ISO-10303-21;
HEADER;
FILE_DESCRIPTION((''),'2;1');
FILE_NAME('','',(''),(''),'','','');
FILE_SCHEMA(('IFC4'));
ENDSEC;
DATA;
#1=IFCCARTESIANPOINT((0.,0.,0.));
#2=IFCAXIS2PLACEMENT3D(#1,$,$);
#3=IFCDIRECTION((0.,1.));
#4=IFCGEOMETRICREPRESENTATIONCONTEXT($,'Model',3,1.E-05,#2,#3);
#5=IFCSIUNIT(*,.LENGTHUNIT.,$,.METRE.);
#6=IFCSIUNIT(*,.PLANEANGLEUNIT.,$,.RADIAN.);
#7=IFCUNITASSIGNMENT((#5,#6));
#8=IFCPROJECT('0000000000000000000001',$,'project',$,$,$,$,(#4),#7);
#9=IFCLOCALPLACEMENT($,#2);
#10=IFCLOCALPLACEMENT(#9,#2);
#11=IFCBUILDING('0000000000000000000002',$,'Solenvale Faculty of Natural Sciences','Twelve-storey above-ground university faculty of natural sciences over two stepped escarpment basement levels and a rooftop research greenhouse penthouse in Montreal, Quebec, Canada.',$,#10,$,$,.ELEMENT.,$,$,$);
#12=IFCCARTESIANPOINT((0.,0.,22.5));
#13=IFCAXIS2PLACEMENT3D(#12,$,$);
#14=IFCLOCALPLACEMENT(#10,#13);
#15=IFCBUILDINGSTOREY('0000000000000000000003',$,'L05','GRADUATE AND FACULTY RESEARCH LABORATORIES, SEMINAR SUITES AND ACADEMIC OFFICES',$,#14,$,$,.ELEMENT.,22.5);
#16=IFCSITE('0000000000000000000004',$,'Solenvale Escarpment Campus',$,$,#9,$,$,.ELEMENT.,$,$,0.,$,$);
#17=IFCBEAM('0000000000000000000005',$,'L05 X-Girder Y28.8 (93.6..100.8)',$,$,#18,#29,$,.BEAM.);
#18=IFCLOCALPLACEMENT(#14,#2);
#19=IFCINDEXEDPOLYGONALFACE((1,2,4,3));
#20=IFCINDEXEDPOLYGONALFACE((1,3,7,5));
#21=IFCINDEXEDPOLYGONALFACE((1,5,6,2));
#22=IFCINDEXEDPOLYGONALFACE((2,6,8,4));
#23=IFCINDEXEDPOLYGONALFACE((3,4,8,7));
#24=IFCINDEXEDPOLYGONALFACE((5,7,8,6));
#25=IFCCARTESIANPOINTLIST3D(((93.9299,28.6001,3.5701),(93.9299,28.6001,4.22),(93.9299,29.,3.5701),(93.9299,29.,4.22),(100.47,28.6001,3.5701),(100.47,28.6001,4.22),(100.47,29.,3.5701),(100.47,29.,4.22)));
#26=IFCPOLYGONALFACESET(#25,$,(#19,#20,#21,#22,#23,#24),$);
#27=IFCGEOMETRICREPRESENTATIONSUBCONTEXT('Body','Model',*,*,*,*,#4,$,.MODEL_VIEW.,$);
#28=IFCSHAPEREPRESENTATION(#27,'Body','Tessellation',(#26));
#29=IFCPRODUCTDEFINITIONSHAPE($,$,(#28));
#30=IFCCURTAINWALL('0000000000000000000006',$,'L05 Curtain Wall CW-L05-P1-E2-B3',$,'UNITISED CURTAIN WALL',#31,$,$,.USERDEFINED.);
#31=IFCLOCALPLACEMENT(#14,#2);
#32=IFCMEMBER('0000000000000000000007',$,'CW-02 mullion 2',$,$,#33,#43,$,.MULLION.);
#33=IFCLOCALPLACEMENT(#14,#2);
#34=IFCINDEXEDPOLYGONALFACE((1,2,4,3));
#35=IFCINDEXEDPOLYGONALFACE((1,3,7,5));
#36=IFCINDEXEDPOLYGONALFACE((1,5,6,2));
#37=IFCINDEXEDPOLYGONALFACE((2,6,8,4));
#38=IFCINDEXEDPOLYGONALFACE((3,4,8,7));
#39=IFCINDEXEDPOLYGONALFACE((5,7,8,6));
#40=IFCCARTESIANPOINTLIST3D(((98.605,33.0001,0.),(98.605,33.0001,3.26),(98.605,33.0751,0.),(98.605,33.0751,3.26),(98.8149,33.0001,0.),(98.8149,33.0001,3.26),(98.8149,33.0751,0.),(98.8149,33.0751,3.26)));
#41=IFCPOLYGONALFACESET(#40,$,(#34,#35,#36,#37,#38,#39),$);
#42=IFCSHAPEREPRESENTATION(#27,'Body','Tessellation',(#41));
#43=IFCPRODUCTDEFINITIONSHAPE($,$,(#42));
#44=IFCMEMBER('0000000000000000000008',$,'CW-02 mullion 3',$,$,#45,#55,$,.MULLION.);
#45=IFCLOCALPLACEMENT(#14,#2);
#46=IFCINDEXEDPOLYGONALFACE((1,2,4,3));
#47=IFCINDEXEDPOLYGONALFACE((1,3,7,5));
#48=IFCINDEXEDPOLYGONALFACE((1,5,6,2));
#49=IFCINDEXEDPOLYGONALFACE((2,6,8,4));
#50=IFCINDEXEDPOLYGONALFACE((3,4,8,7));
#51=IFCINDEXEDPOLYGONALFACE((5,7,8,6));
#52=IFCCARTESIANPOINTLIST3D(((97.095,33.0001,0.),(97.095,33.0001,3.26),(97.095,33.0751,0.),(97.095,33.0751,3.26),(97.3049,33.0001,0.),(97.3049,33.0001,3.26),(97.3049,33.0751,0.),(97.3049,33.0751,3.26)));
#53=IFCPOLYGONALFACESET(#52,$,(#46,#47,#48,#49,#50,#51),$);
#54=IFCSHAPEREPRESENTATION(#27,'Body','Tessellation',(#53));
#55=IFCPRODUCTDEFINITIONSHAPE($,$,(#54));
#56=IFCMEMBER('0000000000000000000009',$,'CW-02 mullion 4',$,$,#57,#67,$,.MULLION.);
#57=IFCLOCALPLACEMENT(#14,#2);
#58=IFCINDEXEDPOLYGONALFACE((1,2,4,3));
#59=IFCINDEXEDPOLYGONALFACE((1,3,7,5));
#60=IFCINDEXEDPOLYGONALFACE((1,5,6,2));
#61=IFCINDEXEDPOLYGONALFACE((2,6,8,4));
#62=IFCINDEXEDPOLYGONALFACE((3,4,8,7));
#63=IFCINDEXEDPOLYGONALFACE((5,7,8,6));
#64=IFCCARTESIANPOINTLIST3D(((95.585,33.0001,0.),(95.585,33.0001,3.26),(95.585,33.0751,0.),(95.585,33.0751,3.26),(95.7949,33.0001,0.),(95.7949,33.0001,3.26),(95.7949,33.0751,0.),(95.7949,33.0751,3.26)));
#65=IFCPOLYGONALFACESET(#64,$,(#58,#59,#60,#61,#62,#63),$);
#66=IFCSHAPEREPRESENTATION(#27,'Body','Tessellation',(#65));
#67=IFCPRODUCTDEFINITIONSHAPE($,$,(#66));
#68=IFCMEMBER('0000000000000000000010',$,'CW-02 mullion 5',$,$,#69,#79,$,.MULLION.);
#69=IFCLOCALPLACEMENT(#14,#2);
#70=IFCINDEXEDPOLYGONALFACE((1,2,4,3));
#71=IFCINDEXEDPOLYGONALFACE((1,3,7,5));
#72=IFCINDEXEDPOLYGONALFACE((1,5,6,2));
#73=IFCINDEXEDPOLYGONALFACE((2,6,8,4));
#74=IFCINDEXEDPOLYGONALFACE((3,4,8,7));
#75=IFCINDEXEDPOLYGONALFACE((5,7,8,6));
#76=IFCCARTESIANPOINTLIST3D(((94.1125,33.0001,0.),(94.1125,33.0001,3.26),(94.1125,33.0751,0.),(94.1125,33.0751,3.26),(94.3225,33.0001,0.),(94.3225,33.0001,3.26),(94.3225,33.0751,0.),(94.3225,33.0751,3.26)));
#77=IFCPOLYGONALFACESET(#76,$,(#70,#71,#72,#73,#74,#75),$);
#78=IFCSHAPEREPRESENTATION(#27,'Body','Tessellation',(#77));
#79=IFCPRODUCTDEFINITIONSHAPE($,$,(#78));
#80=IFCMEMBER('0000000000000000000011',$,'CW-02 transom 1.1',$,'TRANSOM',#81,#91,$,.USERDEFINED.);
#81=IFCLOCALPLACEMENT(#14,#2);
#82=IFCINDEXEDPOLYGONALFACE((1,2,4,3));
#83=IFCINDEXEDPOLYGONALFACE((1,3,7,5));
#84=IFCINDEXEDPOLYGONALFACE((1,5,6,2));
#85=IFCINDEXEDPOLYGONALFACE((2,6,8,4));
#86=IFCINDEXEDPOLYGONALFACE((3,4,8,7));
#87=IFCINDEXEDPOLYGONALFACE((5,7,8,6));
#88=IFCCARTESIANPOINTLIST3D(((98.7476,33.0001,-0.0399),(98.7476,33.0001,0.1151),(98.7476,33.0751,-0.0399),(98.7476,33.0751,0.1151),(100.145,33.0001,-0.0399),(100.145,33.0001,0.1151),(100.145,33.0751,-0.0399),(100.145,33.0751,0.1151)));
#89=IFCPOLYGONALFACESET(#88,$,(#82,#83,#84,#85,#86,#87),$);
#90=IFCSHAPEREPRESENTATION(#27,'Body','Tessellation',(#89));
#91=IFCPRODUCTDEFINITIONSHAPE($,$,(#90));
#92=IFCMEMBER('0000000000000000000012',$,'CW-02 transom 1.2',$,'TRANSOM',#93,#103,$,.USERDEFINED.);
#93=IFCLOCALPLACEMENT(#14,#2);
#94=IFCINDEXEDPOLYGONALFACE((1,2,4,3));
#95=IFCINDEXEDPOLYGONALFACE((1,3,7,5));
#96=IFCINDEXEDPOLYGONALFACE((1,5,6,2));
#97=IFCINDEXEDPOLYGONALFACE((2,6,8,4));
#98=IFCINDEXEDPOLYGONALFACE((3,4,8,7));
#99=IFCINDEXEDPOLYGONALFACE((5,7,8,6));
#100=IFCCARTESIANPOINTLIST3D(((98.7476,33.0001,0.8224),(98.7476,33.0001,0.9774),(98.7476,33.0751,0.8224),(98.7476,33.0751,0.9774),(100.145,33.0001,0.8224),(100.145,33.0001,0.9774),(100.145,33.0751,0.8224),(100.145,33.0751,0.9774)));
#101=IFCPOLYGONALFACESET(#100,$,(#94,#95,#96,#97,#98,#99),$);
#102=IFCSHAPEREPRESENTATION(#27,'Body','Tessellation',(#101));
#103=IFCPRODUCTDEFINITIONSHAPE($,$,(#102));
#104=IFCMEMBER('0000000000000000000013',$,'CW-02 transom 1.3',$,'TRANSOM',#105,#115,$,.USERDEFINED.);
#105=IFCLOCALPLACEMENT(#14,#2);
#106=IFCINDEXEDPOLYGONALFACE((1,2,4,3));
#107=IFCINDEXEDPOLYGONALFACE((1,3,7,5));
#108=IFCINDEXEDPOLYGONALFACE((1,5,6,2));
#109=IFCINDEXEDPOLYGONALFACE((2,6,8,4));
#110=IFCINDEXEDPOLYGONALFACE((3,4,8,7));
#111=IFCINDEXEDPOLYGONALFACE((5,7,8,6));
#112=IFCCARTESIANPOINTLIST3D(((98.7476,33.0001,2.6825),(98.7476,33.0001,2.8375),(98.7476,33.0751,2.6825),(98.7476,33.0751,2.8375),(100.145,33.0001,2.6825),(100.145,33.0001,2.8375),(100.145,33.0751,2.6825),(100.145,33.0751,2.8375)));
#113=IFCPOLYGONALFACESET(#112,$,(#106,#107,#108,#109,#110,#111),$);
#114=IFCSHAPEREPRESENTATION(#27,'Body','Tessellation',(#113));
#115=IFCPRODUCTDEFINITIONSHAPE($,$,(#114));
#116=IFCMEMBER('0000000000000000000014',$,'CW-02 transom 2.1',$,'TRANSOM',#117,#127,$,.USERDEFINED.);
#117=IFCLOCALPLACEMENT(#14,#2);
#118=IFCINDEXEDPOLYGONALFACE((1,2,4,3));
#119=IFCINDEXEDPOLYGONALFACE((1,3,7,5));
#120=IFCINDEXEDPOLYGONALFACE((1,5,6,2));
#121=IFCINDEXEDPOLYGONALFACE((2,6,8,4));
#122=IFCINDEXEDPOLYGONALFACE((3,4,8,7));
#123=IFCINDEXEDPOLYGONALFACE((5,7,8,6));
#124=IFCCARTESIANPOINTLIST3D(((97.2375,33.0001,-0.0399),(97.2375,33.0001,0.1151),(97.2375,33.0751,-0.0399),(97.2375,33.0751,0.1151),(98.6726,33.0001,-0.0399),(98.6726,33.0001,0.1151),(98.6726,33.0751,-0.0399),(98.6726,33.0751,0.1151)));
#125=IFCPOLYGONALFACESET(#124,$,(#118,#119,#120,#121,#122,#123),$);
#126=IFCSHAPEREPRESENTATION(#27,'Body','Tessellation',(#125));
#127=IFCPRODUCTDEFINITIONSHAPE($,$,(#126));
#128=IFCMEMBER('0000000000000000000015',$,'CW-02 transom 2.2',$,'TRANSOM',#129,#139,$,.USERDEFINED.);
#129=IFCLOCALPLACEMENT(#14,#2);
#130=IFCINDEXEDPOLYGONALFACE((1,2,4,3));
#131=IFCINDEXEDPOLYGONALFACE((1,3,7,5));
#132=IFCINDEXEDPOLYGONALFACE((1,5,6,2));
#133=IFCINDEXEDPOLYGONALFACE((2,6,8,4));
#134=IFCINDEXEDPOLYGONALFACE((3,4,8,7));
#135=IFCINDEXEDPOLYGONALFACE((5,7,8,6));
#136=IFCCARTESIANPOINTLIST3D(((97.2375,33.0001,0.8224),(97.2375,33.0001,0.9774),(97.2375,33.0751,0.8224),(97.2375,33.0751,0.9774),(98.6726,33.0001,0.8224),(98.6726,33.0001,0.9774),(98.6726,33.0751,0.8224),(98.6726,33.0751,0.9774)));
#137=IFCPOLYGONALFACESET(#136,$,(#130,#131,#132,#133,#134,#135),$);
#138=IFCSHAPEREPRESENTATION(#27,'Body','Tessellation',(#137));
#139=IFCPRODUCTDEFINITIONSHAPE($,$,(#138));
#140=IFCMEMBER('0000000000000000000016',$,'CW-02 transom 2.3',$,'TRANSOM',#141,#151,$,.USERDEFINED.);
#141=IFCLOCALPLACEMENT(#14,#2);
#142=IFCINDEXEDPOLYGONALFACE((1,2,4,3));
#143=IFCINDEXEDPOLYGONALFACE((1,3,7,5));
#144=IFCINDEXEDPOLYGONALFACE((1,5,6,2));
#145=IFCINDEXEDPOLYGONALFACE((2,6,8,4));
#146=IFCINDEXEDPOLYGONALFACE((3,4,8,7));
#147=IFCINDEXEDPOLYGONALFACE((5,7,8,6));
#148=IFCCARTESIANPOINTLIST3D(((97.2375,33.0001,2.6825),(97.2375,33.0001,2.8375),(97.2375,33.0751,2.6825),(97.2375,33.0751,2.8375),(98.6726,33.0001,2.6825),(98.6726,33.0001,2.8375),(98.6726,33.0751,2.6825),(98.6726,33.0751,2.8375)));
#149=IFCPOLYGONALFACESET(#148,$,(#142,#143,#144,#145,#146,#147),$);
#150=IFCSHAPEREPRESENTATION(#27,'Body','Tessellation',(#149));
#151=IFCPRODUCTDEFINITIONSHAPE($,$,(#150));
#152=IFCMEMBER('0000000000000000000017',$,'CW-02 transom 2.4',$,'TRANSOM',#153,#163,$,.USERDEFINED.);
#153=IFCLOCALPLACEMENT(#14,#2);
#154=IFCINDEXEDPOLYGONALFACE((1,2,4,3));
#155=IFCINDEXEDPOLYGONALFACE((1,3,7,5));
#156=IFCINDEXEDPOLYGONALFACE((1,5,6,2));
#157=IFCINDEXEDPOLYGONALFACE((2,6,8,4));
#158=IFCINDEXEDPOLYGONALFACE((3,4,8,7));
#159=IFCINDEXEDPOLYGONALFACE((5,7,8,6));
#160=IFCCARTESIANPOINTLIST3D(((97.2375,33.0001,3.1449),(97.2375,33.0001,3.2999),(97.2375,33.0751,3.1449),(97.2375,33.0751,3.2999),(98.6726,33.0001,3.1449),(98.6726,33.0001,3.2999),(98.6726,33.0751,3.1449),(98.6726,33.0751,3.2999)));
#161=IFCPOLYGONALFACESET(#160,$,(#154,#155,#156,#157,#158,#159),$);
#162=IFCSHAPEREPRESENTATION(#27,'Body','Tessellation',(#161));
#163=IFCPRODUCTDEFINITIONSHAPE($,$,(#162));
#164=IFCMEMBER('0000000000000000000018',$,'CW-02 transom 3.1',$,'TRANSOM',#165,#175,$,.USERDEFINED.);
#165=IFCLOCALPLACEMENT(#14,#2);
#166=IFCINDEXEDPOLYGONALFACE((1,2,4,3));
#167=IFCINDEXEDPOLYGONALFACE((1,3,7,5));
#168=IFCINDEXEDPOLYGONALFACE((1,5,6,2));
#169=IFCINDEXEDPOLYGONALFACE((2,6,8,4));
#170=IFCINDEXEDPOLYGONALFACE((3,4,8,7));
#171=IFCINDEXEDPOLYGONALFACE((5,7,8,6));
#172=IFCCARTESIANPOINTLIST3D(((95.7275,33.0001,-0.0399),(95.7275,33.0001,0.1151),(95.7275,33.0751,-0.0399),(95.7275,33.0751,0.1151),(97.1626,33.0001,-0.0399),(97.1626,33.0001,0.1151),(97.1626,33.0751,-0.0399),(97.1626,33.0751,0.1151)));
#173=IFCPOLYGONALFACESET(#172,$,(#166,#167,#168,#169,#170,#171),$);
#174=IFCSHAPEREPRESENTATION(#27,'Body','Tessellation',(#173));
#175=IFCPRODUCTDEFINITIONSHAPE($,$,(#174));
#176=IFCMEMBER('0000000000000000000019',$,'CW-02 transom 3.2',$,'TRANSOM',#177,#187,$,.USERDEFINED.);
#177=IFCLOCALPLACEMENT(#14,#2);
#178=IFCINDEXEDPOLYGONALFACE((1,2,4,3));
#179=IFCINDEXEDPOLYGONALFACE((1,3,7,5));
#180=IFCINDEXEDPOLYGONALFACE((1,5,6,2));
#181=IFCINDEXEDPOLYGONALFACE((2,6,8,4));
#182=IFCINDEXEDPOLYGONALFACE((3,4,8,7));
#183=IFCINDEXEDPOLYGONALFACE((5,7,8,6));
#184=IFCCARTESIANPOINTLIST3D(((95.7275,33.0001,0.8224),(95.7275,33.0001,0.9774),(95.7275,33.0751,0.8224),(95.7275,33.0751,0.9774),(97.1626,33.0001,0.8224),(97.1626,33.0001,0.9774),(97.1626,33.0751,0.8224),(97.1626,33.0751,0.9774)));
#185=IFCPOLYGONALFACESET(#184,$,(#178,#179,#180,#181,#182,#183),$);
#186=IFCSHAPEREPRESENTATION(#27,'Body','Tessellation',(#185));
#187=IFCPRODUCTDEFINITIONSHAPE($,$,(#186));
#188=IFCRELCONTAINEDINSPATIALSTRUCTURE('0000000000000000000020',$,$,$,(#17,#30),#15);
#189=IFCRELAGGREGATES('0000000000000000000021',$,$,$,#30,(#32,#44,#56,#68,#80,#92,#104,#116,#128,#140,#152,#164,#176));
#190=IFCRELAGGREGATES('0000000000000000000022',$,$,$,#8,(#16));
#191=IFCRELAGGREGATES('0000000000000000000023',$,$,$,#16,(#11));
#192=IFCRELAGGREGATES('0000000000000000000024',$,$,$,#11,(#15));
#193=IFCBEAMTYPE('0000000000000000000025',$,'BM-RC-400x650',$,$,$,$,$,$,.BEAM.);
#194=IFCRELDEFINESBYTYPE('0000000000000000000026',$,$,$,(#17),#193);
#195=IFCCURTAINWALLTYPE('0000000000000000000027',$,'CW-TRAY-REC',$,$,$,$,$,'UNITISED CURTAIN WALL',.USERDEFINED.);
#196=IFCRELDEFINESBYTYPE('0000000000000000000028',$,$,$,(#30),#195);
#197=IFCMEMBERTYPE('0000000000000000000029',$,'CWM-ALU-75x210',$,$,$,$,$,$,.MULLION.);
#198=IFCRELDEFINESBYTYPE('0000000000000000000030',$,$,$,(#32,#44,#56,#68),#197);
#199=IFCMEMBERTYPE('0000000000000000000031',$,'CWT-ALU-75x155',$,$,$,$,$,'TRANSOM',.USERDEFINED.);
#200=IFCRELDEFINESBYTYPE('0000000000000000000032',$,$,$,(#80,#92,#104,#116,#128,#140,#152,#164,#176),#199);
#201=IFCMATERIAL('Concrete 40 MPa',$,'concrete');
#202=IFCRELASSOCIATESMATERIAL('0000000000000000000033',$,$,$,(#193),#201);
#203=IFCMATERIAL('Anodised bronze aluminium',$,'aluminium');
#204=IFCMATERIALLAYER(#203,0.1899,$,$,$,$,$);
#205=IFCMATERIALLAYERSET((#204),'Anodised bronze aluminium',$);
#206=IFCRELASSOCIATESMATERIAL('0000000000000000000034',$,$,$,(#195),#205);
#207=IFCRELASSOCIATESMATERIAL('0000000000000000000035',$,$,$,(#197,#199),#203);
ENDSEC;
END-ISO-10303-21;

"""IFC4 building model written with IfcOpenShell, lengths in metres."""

from ifc_helpers import new_model, si_unit, direction, frame, origin, origin_2d, place, context, subcontext, project, spatial, rectangle, extrude, material, layer, layer_set, material_profile, profile_set, type_object, element, aggregate, save


model = new_model("IFC4")

# Units and contexts
model_context = context("Model", 3, precision=1e-05, world=origin(), true_north=direction((0.0, 1.0)))
body_context = subcontext(model_context, "Body", "Model", "MODEL_VIEW")
ifc_project = project(units=[si_unit("LENGTHUNIT", "METRE"), si_unit("PLANEANGLEUNIT", "RADIAN")], contexts=[model_context])

# Site, building, storey
site_placement = place(None, origin())
site = spatial("IfcSite", under=ifc_project, at=site_placement, Name="Solenvale Escarpment Campus", CompositionType="ELEMENT", RefElevation=0.0)
building_placement = place(site_placement, origin())
building = spatial("IfcBuilding", under=site, at=building_placement, Name="Solenvale Faculty of Natural Sciences", Description="Twelve-storey above-ground university faculty of natural sciences over two stepped escarpment basement levels and a rooftop research greenhouse penthouse in Montreal, Quebec, Canada.", CompositionType="ELEMENT")
storey_placement = place(building_placement, frame((0.0, 0.0, 22.5)))
storey = spatial("IfcBuildingStorey", under=building, at=storey_placement, Name="L05", Description="GRADUATE AND FACULTY RESEARCH LABORATORIES, SEMINAR SUITES AND ACADEMIC OFFICES", CompositionType="ELEMENT", Elevation=22.5)

# Beam
ifc_material_1 = material(Name="Concrete 40 MPa", Category="concrete")
ifc_material_profile_1 = material_profile(ifc_material_1, rectangle(XDim=0.3999, YDim=0.6499, at=origin_2d()), Name="RC-BM-400x650")
ifc_profile_set_1 = profile_set([ifc_material_profile_1], Name="Concrete 40 MPa")
beam_type = type_object("IfcBeamType", Name="BM-RC-400x650", PredefinedType="BEAM", material=ifc_profile_set_1)
beam_placement = place(storey_placement, frame((93.9299, 28.8, 3.895), z_axis=(1.0, 0.0, 0.0), x_axis=(0.0, 1.0, 0.0)))
element("IfcBeam", 1, at=beam_placement, inside=storey, type_object=beam_type, Name="L05 X-Girder Y28.8 (93.6..100.8)", PredefinedType="BEAM", context=body_context, shape_type="SweptSolid", body=[
    extrude(rectangle(XDim=0.3999, YDim=0.6499, at=origin_2d()), origin(), (0.0, 0.0, 1.0), 6.54),
])

# Curtain wall, members
ifc_material_2 = material(Name="Anodised bronze aluminium", Category="aluminium")
ifc_layer_1 = layer(ifc_material_2, 0.1899)
ifc_layer_set_1 = layer_set([ifc_layer_1], Name="Anodised bronze aluminium")
curtain_wall_type = type_object("IfcCurtainWallType", Name="CW-TRAY-REC", ElementType="UNITISED CURTAIN WALL", PredefinedType="USERDEFINED", material=ifc_layer_set_1)
curtain_wall_placement = place(storey_placement, origin())
curtain_wall = element("IfcCurtainWall", 2, at=curtain_wall_placement, inside=storey, type_object=curtain_wall_type, Name="L05 Curtain Wall CW-L05-P1-E2-B3", ObjectType="UNITISED CURTAIN WALL", PredefinedType="USERDEFINED")
ifc_material_profile_2 = material_profile(ifc_material_2, rectangle(XDim=0.075, YDim=0.21, at=origin_2d()), Name="ALU-MUL-75x210")
ifc_profile_set_2 = profile_set([ifc_material_profile_2], Name="Anodised bronze aluminium")
member_type_1 = type_object("IfcMemberType", Name="CWM-ALU-75x210", PredefinedType="MULLION", material=ifc_profile_set_2)
member_1_placement = place(storey_placement, frame((98.71, 33.0376, 0.0), z_axis=(0.0, 0.0, 1.0), x_axis=(0.0, -1.0, 0.0)))
member_1 = element("IfcMember", 3, at=member_1_placement, type_object=member_type_1, Name="CW-02 mullion 2", PredefinedType="MULLION", context=body_context, shape_type="SweptSolid", body=[
    extrude(rectangle(XDim=0.075, YDim=0.21, at=origin_2d()), origin(), (0.0, 0.0, 1.0), 3.26),
])
member_2_placement = place(storey_placement, frame((97.2, 33.0376, 0.0), z_axis=(0.0, 0.0, 1.0), x_axis=(0.0, -1.0, 0.0)))
member_2 = element("IfcMember", 4, at=member_2_placement, type_object=member_type_1, Name="CW-02 mullion 3", PredefinedType="MULLION", context=body_context, shape_type="SweptSolid", body=[
    extrude(rectangle(XDim=0.075, YDim=0.21, at=origin_2d()), origin(), (0.0, 0.0, 1.0), 3.26),
])
member_3_placement = place(storey_placement, frame((95.6899, 33.0376, 0.0), z_axis=(0.0, 0.0, 1.0), x_axis=(0.0, -1.0, 0.0)))
member_3 = element("IfcMember", 5, at=member_3_placement, type_object=member_type_1, Name="CW-02 mullion 4", PredefinedType="MULLION", context=body_context, shape_type="SweptSolid", body=[
    extrude(rectangle(XDim=0.075, YDim=0.21, at=origin_2d()), origin(), (0.0, 0.0, 1.0), 3.26),
])
member_4_placement = place(storey_placement, frame((94.2175, 33.0376, 0.0), z_axis=(0.0, 0.0, 1.0), x_axis=(0.0, -1.0, 0.0)))
member_4 = element("IfcMember", 6, at=member_4_placement, type_object=member_type_1, Name="CW-02 mullion 5", PredefinedType="MULLION", context=body_context, shape_type="SweptSolid", body=[
    extrude(rectangle(XDim=0.075, YDim=0.21, at=origin_2d()), origin(), (0.0, 0.0, 1.0), 3.26),
])
ifc_material_profile_3 = material_profile(ifc_material_2, rectangle(XDim=0.075, YDim=0.155, at=origin_2d()), Name="ALU-TRN-75x155")
ifc_profile_set_3 = profile_set([ifc_material_profile_3], Name="Anodised bronze aluminium")
member_type_2 = type_object("IfcMemberType", Name="CWT-ALU-75x155", ElementType="TRANSOM", PredefinedType="USERDEFINED", material=ifc_profile_set_3)
member_5_placement = place(storey_placement, frame((100.145, 33.0376, 0.0376), z_axis=(-1.0, 0.0, 0.0), x_axis=(0.0, -1.0, 0.0)))
member_5 = element("IfcMember", 7, at=member_5_placement, type_object=member_type_2, Name="CW-02 transom 1.1", ObjectType="TRANSOM", PredefinedType="USERDEFINED", context=body_context, shape_type="SweptSolid", body=[
    extrude(rectangle(XDim=0.075, YDim=0.155, at=origin_2d()), origin(), (0.0, 0.0, 1.0), 1.3975),
])
member_6_placement = place(storey_placement, frame((100.145, 33.0376, 0.8999), z_axis=(-1.0, 0.0, 0.0), x_axis=(0.0, -1.0, 0.0)))
member_6 = element("IfcMember", 8, at=member_6_placement, type_object=member_type_2, Name="CW-02 transom 1.2", ObjectType="TRANSOM", PredefinedType="USERDEFINED", context=body_context, shape_type="SweptSolid", body=[
    extrude(rectangle(XDim=0.075, YDim=0.155, at=origin_2d()), origin(), (0.0, 0.0, 1.0), 1.3975),
])
member_7_placement = place(storey_placement, frame((100.145, 33.0376, 2.76), z_axis=(-1.0, 0.0, 0.0), x_axis=(0.0, -1.0, 0.0)))
member_7 = element("IfcMember", 9, at=member_7_placement, type_object=member_type_2, Name="CW-02 transom 1.3", ObjectType="TRANSOM", PredefinedType="USERDEFINED", context=body_context, shape_type="SweptSolid", body=[
    extrude(rectangle(XDim=0.075, YDim=0.155, at=origin_2d()), origin(), (0.0, 0.0, 1.0), 1.3975),
])
member_8_placement = place(storey_placement, frame((98.6726, 33.0376, 0.0376), z_axis=(-1.0, 0.0, 0.0), x_axis=(0.0, -1.0, 0.0)))
member_8 = element("IfcMember", 10, at=member_8_placement, type_object=member_type_2, Name="CW-02 transom 2.1", ObjectType="TRANSOM", PredefinedType="USERDEFINED", context=body_context, shape_type="SweptSolid", body=[
    extrude(rectangle(XDim=0.075, YDim=0.155, at=origin_2d()), origin(), (0.0, 0.0, 1.0), 1.4351),
])
member_9_placement = place(storey_placement, frame((98.6726, 33.0376, 0.8999), z_axis=(-1.0, 0.0, 0.0), x_axis=(0.0, -1.0, 0.0)))
member_9 = element("IfcMember", 11, at=member_9_placement, type_object=member_type_2, Name="CW-02 transom 2.2", ObjectType="TRANSOM", PredefinedType="USERDEFINED", context=body_context, shape_type="SweptSolid", body=[
    extrude(rectangle(XDim=0.075, YDim=0.155, at=origin_2d()), origin(), (0.0, 0.0, 1.0), 1.4351),
])
member_10_placement = place(storey_placement, frame((98.6726, 33.0376, 2.76), z_axis=(-1.0, 0.0, 0.0), x_axis=(0.0, -1.0, 0.0)))
member_10 = element("IfcMember", 12, at=member_10_placement, type_object=member_type_2, Name="CW-02 transom 2.3", ObjectType="TRANSOM", PredefinedType="USERDEFINED", context=body_context, shape_type="SweptSolid", body=[
    extrude(rectangle(XDim=0.075, YDim=0.155, at=origin_2d()), origin(), (0.0, 0.0, 1.0), 1.4351),
])
member_11_placement = place(storey_placement, frame((98.6726, 33.0376, 3.2224), z_axis=(-1.0, 0.0, 0.0), x_axis=(0.0, -1.0, 0.0)))
member_11 = element("IfcMember", 13, at=member_11_placement, type_object=member_type_2, Name="CW-02 transom 2.4", ObjectType="TRANSOM", PredefinedType="USERDEFINED", context=body_context, shape_type="SweptSolid", body=[
    extrude(rectangle(XDim=0.075, YDim=0.155, at=origin_2d()), origin(), (0.0, 0.0, 1.0), 1.4351),
])
member_12_placement = place(storey_placement, frame((97.1626, 33.0376, 0.0376), z_axis=(-1.0, 0.0, 0.0), x_axis=(0.0, -1.0, 0.0)))
member_12 = element("IfcMember", 14, at=member_12_placement, type_object=member_type_2, Name="CW-02 transom 3.1", ObjectType="TRANSOM", PredefinedType="USERDEFINED", context=body_context, shape_type="SweptSolid", body=[
    extrude(rectangle(XDim=0.075, YDim=0.155, at=origin_2d()), origin(), (0.0, 0.0, 1.0), 1.4351),
])
member_13_placement = place(storey_placement, frame((97.1626, 33.0376, 0.8999), z_axis=(-1.0, 0.0, 0.0), x_axis=(0.0, -1.0, 0.0)))
member_13 = element("IfcMember", 15, at=member_13_placement, type_object=member_type_2, Name="CW-02 transom 3.2", ObjectType="TRANSOM", PredefinedType="USERDEFINED", context=body_context, shape_type="SweptSolid", body=[
    extrude(rectangle(XDim=0.075, YDim=0.155, at=origin_2d()), origin(), (0.0, 0.0, 1.0), 1.4351),
])
aggregate(curtain_wall, [member_1, member_2, member_3, member_4, member_5, member_6, member_7, member_8, member_9, member_10, member_11, member_12, member_13])

save(model, "model.ifc")
